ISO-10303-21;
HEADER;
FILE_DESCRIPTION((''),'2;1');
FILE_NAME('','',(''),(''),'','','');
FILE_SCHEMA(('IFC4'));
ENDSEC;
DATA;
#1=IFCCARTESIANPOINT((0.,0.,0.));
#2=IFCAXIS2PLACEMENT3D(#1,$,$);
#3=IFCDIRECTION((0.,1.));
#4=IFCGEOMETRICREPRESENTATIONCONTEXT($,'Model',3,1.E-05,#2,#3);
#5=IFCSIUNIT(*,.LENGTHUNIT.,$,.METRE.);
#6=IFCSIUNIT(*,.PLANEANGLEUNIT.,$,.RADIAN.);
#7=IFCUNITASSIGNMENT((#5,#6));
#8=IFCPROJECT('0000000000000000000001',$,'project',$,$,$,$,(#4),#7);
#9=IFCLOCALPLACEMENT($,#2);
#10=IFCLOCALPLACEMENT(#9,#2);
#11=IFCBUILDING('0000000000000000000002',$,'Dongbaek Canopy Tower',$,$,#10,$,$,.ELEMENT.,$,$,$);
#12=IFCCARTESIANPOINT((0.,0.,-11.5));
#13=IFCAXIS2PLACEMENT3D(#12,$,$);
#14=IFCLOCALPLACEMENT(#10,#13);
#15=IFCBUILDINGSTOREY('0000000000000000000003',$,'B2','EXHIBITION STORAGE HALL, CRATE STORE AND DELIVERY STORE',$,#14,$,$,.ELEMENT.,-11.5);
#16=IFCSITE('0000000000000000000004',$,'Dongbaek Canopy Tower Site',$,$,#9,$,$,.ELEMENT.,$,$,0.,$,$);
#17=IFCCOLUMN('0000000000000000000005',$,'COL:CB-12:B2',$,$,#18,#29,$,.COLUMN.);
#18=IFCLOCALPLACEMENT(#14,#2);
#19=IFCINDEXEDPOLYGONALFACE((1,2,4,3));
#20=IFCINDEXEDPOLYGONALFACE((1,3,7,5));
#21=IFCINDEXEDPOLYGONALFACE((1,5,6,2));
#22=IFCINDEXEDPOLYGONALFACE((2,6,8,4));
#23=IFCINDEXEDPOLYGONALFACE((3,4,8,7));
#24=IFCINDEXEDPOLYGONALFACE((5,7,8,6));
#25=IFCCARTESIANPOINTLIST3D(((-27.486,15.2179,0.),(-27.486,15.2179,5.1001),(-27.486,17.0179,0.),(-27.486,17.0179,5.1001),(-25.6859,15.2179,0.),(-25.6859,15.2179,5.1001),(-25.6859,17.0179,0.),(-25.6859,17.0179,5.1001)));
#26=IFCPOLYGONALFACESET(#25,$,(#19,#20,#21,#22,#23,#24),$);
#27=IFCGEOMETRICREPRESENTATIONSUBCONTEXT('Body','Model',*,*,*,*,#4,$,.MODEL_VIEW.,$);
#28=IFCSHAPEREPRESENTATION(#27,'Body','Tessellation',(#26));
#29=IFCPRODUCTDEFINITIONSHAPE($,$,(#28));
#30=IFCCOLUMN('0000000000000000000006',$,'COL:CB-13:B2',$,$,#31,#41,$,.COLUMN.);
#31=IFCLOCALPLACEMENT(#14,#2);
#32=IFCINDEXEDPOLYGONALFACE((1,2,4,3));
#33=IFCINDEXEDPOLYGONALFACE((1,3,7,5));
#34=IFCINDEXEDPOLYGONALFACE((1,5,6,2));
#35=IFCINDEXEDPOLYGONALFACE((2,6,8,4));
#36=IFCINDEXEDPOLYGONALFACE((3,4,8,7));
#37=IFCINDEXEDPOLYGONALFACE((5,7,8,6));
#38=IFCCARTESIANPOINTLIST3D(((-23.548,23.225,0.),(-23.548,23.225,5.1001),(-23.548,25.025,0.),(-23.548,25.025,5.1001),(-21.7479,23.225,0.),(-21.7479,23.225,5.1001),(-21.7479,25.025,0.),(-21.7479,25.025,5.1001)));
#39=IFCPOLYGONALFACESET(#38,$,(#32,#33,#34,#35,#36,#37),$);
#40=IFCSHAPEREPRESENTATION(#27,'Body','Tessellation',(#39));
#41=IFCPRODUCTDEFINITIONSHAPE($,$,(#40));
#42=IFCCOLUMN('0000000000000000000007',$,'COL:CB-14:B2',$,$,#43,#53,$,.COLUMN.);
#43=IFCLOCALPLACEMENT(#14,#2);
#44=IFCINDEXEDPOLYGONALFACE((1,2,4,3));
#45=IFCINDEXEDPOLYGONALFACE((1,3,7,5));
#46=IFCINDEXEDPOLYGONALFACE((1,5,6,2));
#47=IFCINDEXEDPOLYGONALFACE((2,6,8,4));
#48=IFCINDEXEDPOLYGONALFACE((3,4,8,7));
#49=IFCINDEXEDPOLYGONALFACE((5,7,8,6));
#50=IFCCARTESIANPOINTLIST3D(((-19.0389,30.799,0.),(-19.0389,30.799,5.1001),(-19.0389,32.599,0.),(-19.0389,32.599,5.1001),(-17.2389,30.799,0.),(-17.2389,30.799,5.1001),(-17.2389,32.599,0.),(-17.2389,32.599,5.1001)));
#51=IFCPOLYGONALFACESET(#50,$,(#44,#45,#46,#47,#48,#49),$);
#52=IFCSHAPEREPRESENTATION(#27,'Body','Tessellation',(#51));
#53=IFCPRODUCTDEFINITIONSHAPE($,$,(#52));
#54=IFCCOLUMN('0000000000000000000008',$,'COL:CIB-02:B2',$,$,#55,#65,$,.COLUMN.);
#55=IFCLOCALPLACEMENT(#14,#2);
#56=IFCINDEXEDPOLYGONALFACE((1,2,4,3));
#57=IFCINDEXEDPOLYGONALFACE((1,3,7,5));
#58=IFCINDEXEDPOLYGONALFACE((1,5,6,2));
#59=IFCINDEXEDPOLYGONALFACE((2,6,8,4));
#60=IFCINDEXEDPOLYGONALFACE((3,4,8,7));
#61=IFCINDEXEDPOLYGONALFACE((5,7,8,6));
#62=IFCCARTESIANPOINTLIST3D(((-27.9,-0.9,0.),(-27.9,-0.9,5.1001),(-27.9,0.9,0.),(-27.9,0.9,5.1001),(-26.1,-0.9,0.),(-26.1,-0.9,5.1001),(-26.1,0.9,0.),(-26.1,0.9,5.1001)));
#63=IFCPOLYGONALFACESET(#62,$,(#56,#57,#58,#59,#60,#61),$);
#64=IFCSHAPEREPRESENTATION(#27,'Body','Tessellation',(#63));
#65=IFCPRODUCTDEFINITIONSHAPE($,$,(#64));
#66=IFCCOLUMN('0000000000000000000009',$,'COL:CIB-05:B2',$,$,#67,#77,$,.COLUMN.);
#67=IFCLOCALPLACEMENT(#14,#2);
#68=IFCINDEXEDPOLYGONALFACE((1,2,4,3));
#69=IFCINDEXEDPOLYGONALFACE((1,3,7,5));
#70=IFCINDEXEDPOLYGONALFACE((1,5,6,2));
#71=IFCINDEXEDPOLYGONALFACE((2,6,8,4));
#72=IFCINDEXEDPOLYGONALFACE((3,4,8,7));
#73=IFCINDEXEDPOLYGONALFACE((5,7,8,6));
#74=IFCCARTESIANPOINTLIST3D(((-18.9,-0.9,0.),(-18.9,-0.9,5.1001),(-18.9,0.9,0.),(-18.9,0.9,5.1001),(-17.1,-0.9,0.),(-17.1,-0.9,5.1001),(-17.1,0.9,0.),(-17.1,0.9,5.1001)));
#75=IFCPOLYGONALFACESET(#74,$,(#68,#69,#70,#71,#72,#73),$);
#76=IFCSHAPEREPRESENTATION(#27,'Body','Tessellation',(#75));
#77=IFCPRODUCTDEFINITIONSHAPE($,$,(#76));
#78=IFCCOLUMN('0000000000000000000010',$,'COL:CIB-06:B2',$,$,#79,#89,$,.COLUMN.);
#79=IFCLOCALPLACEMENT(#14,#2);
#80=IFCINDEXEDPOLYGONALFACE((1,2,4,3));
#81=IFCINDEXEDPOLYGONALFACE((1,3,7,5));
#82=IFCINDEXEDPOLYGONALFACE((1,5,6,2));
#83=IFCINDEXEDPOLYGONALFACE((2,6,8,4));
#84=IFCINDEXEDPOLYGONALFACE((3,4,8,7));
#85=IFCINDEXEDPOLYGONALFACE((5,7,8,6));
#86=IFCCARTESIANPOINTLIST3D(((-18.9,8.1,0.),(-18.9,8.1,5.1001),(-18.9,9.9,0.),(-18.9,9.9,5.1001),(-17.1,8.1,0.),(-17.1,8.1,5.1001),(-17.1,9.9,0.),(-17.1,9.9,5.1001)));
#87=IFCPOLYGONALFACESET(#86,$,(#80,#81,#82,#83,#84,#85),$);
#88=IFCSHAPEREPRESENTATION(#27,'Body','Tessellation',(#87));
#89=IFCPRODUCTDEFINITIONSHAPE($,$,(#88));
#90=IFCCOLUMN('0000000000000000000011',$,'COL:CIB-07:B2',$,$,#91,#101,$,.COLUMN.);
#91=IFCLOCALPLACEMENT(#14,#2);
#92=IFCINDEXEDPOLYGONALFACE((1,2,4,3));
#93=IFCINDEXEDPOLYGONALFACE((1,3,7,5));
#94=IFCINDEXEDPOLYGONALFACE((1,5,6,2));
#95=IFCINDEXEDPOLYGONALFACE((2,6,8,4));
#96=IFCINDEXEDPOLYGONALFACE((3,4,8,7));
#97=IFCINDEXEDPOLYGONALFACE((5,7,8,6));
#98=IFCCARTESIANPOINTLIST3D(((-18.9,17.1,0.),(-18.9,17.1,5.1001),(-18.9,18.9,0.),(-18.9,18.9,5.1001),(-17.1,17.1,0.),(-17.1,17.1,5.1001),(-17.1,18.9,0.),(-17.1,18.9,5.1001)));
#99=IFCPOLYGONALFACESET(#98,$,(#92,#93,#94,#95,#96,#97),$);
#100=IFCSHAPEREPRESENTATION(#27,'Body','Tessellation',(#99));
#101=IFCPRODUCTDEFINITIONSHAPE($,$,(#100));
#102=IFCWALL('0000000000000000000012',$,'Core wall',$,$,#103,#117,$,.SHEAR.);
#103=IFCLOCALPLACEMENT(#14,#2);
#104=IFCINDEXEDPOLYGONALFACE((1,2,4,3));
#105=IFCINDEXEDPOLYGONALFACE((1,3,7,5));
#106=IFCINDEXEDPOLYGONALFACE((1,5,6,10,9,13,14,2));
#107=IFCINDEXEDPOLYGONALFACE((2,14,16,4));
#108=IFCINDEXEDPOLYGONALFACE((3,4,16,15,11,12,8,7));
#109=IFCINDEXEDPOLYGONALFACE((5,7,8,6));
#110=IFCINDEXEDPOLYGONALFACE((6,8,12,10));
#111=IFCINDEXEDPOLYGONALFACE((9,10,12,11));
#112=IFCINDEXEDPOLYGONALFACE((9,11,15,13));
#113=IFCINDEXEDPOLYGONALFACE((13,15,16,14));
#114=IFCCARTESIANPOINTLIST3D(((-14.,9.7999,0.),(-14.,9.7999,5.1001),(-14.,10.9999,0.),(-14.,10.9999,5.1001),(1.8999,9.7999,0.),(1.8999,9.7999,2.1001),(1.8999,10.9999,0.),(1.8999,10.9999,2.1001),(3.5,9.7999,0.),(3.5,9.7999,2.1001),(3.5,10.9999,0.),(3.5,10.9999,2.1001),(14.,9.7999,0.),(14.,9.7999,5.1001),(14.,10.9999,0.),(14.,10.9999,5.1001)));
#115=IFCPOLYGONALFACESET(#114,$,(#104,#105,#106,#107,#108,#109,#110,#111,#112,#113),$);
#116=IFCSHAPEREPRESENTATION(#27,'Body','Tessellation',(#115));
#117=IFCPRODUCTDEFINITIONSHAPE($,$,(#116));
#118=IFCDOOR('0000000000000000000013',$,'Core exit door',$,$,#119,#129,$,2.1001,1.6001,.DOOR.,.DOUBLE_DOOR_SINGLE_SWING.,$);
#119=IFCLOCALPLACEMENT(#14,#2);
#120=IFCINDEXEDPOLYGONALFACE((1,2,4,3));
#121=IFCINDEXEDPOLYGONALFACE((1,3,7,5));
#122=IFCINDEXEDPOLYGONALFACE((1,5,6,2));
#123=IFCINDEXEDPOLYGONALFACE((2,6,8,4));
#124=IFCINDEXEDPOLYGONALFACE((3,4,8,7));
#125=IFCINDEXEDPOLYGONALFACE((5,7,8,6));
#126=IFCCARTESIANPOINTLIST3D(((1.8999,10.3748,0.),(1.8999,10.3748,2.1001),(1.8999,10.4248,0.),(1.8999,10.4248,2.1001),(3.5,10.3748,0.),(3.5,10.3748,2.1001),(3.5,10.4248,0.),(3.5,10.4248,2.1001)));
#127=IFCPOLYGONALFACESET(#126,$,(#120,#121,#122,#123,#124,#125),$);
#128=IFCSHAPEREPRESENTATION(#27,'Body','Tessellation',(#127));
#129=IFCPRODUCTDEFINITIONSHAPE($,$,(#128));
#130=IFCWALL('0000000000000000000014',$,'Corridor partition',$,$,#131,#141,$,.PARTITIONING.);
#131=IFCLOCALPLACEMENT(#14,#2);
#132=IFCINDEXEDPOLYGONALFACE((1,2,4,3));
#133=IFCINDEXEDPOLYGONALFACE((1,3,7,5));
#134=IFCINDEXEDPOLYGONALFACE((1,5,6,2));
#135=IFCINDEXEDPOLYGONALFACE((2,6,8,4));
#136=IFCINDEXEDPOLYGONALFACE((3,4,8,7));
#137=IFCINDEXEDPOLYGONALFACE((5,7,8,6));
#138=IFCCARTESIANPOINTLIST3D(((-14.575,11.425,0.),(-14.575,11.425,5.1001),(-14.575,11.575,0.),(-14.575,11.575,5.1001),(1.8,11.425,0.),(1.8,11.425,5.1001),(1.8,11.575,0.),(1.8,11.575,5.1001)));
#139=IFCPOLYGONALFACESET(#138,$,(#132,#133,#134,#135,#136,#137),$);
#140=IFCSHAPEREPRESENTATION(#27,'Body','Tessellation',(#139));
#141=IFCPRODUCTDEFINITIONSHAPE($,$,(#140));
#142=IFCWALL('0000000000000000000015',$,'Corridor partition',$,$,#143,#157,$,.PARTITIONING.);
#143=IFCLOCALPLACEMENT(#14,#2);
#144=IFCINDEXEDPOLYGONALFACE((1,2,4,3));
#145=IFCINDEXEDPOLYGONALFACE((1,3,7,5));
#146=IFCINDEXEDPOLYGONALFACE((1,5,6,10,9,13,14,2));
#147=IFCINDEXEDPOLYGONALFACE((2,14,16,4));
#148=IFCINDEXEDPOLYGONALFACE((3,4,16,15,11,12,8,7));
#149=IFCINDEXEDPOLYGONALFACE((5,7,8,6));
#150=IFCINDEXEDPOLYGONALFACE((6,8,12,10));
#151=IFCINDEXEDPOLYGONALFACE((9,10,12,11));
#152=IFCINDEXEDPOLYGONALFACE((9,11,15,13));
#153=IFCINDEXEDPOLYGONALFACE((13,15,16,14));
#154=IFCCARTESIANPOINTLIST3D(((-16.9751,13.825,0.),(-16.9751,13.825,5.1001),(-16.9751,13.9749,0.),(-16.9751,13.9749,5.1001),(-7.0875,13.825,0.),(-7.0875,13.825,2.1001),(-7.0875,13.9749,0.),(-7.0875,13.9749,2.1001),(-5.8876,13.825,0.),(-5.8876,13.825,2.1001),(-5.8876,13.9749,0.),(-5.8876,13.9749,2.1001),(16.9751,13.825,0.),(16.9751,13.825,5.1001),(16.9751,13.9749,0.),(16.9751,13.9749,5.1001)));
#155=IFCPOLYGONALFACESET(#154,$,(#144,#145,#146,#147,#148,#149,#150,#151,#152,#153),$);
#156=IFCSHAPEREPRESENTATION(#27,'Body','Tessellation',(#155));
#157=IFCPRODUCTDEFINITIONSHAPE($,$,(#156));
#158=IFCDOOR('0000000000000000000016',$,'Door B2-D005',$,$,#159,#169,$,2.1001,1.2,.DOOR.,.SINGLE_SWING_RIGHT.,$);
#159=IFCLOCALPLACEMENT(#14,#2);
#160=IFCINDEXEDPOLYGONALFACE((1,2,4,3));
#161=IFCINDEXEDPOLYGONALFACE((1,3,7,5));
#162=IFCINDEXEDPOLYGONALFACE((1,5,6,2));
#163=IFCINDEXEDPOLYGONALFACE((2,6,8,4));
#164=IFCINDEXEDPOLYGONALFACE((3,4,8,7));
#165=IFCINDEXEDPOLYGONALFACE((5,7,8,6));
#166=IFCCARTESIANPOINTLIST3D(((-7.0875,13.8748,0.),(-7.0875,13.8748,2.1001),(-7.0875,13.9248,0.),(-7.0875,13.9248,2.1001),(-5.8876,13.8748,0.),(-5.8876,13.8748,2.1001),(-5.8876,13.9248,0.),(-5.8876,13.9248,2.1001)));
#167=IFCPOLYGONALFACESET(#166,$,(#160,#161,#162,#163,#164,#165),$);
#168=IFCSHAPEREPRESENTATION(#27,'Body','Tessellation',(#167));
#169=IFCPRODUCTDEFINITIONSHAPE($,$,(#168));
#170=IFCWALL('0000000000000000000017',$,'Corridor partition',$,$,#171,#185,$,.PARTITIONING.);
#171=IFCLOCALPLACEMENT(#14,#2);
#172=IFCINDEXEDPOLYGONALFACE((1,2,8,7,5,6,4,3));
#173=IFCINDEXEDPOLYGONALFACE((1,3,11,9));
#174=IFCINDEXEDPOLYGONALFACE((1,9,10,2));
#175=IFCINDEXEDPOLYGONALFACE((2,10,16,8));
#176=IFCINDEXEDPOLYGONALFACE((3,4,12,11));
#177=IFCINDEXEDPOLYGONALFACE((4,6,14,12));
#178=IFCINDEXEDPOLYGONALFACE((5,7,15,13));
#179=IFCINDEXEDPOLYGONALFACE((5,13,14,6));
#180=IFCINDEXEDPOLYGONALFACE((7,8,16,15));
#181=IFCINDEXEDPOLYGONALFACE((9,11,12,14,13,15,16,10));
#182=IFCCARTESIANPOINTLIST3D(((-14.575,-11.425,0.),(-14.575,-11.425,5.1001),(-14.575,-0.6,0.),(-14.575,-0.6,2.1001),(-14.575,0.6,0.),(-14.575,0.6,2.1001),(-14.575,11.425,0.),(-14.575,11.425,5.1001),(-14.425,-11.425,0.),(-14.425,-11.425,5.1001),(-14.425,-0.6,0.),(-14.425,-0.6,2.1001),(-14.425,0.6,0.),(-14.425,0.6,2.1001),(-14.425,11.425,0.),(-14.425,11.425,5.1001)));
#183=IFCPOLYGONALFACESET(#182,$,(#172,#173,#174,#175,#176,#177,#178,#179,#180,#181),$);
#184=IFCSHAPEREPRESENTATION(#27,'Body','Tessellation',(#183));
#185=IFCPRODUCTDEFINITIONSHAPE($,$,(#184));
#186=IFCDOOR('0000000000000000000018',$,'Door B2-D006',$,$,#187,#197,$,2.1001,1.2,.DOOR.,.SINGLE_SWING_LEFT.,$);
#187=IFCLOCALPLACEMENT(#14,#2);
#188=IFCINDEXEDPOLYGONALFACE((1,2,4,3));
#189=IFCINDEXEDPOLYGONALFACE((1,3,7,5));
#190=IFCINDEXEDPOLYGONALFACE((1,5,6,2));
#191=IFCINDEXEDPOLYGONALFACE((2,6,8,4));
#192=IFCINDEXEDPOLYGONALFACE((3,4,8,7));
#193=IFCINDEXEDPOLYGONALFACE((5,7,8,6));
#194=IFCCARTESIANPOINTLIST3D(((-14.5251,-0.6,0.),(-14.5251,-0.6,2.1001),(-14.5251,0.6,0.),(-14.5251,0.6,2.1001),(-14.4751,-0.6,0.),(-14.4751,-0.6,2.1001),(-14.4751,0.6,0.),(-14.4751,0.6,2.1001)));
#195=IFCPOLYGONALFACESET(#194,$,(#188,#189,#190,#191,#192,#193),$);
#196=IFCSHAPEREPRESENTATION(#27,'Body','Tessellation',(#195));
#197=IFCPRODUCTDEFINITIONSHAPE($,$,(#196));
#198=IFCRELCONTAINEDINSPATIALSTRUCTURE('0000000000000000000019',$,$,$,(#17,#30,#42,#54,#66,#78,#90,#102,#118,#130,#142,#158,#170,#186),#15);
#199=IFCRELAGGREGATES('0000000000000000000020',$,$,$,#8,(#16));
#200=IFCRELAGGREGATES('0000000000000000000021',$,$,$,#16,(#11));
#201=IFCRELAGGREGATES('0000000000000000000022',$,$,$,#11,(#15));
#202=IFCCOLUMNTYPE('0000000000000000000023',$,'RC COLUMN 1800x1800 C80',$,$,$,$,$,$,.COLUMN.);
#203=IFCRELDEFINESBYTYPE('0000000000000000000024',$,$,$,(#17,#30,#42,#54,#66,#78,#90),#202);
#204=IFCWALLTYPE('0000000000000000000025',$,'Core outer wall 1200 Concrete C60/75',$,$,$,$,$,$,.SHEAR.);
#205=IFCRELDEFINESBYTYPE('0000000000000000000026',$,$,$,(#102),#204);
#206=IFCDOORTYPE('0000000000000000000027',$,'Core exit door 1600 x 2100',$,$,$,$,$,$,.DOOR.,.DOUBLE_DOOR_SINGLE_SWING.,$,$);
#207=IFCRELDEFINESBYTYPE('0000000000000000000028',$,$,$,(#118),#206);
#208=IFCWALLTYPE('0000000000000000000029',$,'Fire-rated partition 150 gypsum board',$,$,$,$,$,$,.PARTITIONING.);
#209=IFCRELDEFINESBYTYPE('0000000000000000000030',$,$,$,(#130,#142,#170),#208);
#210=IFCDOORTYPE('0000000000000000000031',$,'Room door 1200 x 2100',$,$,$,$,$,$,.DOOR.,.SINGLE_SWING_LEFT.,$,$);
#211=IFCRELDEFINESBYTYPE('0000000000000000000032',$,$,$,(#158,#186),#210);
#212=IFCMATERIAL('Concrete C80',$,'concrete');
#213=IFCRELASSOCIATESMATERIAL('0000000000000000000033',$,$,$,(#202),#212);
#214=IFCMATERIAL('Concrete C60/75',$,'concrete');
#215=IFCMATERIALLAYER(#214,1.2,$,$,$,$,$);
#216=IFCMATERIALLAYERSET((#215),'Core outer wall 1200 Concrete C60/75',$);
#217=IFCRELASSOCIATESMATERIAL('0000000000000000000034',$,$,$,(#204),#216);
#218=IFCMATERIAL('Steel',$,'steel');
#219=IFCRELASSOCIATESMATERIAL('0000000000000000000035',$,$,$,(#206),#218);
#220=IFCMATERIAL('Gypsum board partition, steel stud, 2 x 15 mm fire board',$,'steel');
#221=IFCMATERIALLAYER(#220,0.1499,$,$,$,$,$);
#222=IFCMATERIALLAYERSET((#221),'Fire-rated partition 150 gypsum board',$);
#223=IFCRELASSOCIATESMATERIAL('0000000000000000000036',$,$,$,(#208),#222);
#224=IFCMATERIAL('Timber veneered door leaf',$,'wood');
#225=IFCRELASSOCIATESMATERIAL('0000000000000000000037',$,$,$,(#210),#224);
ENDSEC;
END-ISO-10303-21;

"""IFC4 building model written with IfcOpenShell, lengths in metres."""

from ifc_helpers import new_model, si_unit, direction, frame, frame_2d, origin, origin_2d, place, context, subcontext, project, spatial, rectangle, extrude, material, layer, layer_set, material_profile, profile_set, type_object, element, fill, save


model = new_model("IFC4")

# Units and contexts
model_context = context("Model", 3, precision=1e-05, world=origin(), true_north=direction((0.0, 1.0)))
body_context = subcontext(model_context, "Body", "Model", "MODEL_VIEW")
ifc_project = project(units=[si_unit("LENGTHUNIT", "METRE"), si_unit("PLANEANGLEUNIT", "RADIAN")], contexts=[model_context])

# Site, building, storey
site_placement = place(None, origin())
site = spatial("IfcSite", under=ifc_project, at=site_placement, Name="Dongbaek Canopy Tower Site", CompositionType="ELEMENT", RefElevation=0.0)
building_placement = place(site_placement, origin())
building = spatial("IfcBuilding", under=site, at=building_placement, Name="Dongbaek Canopy Tower", CompositionType="ELEMENT")
storey_placement = place(building_placement, frame((0.0, 0.0, -11.5)))
storey = spatial("IfcBuildingStorey", under=building, at=storey_placement, Name="B2", Description="EXHIBITION STORAGE HALL, CRATE STORE AND DELIVERY STORE", CompositionType="ELEMENT", Elevation=-11.5)

# Columns
ifc_material_1 = material(Name="Concrete C80", Category="concrete")
ifc_material_profile = material_profile(ifc_material_1, rectangle(XDim=1.8, YDim=1.8, at=origin_2d()), Name="RC COLUMN 1800x1800 C80")
ifc_profile_set = profile_set([ifc_material_profile], Name="Concrete C80")
column_type = type_object("IfcColumnType", Name="RC COLUMN 1800x1800 C80", PredefinedType="COLUMN", material=ifc_profile_set)
for number, where, z_axis, x_axis, name in (
    (1, (-26.5859, 16.1179, 0.0), (0.0, 0.0, 1.0), (1.0, 0.0, 0.0), "COL:CB-12:B2"),
    (2, (-22.6479, 24.125, 0.0), (0.0, 0.0, 1.0), (1.0, 0.0, 0.0), "COL:CB-13:B2"),
    (3, (-18.1389, 31.699, 0.0), (0.0, 0.0, 1.0), (1.0, 0.0, 0.0), "COL:CB-14:B2"),
    (4, (-27.0, 0.0, 0.0), (0.0, 0.0, 1.0), (1.0, 0.0, 0.0), "COL:CIB-02:B2"),
    (5, (-18.0, 0.0, 0.0), (0.0, 0.0, 1.0), (1.0, 0.0, 0.0), "COL:CIB-05:B2"),
    (6, (-18.0, 9.0, 0.0), (0.0, 0.0, 1.0), (1.0, 0.0, 0.0), "COL:CIB-06:B2"),
    (7, (-18.0, 18.0, 0.0), (0.0, 0.0, 1.0), (1.0, 0.0, 0.0), "COL:CIB-07:B2"),
):
    element("IfcColumn", number, at=place(storey_placement, frame(where, z_axis=z_axis, x_axis=x_axis)), inside=storey, type_object=column_type, Name=name, PredefinedType="COLUMN", context=body_context, shape_type="SweptSolid", body=[
        extrude(rectangle(XDim=1.8, YDim=1.8, at=origin_2d()), origin(), (0.0, 0.0, 1.0), 5.1001),
    ])

# Wall, opening, door
ifc_material_2 = material(Name="Concrete C60/75", Category="concrete")
ifc_layer_1 = layer(ifc_material_2, 1.2)
ifc_layer_set_1 = layer_set([ifc_layer_1], Name="Core outer wall 1200 Concrete C60/75")
wall_type_1 = type_object("IfcWallType", Name="Core outer wall 1200 Concrete C60/75", PredefinedType="SHEAR", material=ifc_layer_set_1)
wall_1_placement = place(storey_placement, frame((-14.0, 10.3999, 0.0), z_axis=(0.0, 0.0, 1.0), x_axis=(1.0, 0.0, 0.0)))
wall_1 = element("IfcWall", 8, at=wall_1_placement, inside=storey, type_object=wall_type_1, Name="Core wall", PredefinedType="SHEAR", context=body_context, shape_type="SweptSolid", body=[
    extrude(rectangle(XDim=28.0, YDim=1.2, at=frame_2d((14.0, 0.0))), origin(), (0.0, 0.0, 1.0), 5.1001),
])
opening_1_placement = place(wall_1_placement, frame((15.8999, 0.0, 0.0)))
opening_1 = element("IfcOpeningElement", 9, at=opening_1_placement, cuts=wall_1, PredefinedType="OPENING", context=body_context, shape_type="SweptSolid", body=[
    extrude(rectangle(XDim=1.6001, YDim=2.1001, at=frame_2d((0.8, 1.05))), frame((0.0, 0.6099, 0.0), z_axis=(0.0, -1.0, 0.0), x_axis=(1.0, 0.0, 0.0)), (0.0, 0.0, 1.0), 1.22),
])
ifc_material_3 = material(Name="Steel", Category="steel")
door_type_1 = type_object("IfcDoorType", Name="Core exit door 1600 x 2100", OperationType="DOUBLE_DOOR_SINGLE_SWING", PredefinedType="DOOR", material=ifc_material_3)
door_1_placement = place(opening_1_placement, origin())
door_1 = element("IfcDoor", 10, at=door_1_placement, inside=storey, type_object=door_type_1, Name="Core exit door", OperationType="DOUBLE_DOOR_SINGLE_SWING", OverallHeight=2.1001, OverallWidth=1.6001, PredefinedType="DOOR", context=body_context, shape_type="SweptSolid", body=[
    extrude(rectangle(XDim=1.6001, YDim=2.1001, at=frame_2d((0.8, 1.05))), frame((0.0, 0.0249, 0.0), z_axis=(0.0, -1.0, 0.0), x_axis=(1.0, 0.0, 0.0)), (0.0, 0.0, 1.0), 0.05),
])
fill(opening_1, door_1)

# Wall
ifc_material_4 = material(Name="Gypsum board partition, steel stud, 2 x 15 mm fire board", Category="steel")
ifc_layer_2 = layer(ifc_material_4, 0.1499)
ifc_layer_set_2 = layer_set([ifc_layer_2], Name="Fire-rated partition 150 gypsum board")
wall_type_2 = type_object("IfcWallType", Name="Fire-rated partition 150 gypsum board", PredefinedType="PARTITIONING", material=ifc_layer_set_2)
wall_2_placement = place(storey_placement, frame((-14.575, 11.5, 0.0), z_axis=(0.0, 0.0, 1.0), x_axis=(1.0, 0.0, 0.0)))
element("IfcWall", 11, at=wall_2_placement, inside=storey, type_object=wall_type_2, Name="Corridor partition", PredefinedType="PARTITIONING", context=body_context, shape_type="SweptSolid", body=[
    extrude(rectangle(XDim=16.375, YDim=0.1499, at=frame_2d((8.1875, 0.0))), origin(), (0.0, 0.0, 1.0), 5.1001),
])

# Walls, openings, doors
wall_3_placement = place(storey_placement, frame((-16.9751, 13.8999, 0.0), z_axis=(0.0, 0.0, 1.0), x_axis=(1.0, 0.0, 0.0)))
wall_3 = element("IfcWall", 12, at=wall_3_placement, inside=storey, type_object=wall_type_2, Name="Corridor partition", PredefinedType="PARTITIONING", context=body_context, shape_type="SweptSolid", body=[
    extrude(rectangle(XDim=33.9502, YDim=0.1499, at=frame_2d((16.9751, 0.0))), origin(), (0.0, 0.0, 1.0), 5.1001),
])
opening_2_placement = place(wall_3_placement, frame((9.8875, 0.0, 0.0)))
opening_2 = element("IfcOpeningElement", 13, at=opening_2_placement, cuts=wall_3, PredefinedType="OPENING", context=body_context, shape_type="SweptSolid", body=[
    extrude(rectangle(XDim=1.2, YDim=2.1001, at=frame_2d((0.6001, 1.05))), frame((0.0, 0.085, 0.0), z_axis=(0.0, -1.0, 0.0), x_axis=(1.0, 0.0, 0.0)), (0.0, 0.0, 1.0), 0.1699),
])
ifc_material_5 = material(Name="Timber veneered door leaf", Category="wood")
door_type_2 = type_object("IfcDoorType", Name="Room door 1200 x 2100", OperationType="SINGLE_SWING_LEFT", PredefinedType="DOOR", material=ifc_material_5)
door_2_placement = place(opening_2_placement, origin())
door_2 = element("IfcDoor", 14, at=door_2_placement, inside=storey, type_object=door_type_2, Name="Door B2-D005", OperationType="SINGLE_SWING_RIGHT", OverallHeight=2.1001, OverallWidth=1.2, PredefinedType="DOOR", context=body_context, shape_type="SweptSolid", body=[
    extrude(rectangle(XDim=1.2, YDim=2.1001, at=frame_2d((0.6001, 1.05))), frame((0.0, 0.0249, 0.0), z_axis=(0.0, -1.0, 0.0), x_axis=(1.0, 0.0, 0.0)), (0.0, 0.0, 1.0), 0.05),
])
fill(opening_2, door_2)
wall_4_placement = place(storey_placement, frame((-14.5, 11.425, 0.0), z_axis=(0.0, 0.0, 1.0), x_axis=(0.0, -1.0, 0.0)))
wall_4 = element("IfcWall", 15, at=wall_4_placement, inside=storey, type_object=wall_type_2, Name="Corridor partition", PredefinedType="PARTITIONING", context=body_context, shape_type="SweptSolid", body=[
    extrude(rectangle(XDim=22.8501, YDim=0.1499, at=frame_2d((11.425, 0.0))), origin(), (0.0, 0.0, 1.0), 5.1001),
])
opening_3_placement = place(wall_4_placement, frame((10.825, 0.0, 0.0)))
opening_3 = element("IfcOpeningElement", 16, at=opening_3_placement, cuts=wall_4, PredefinedType="OPENING", context=body_context, shape_type="SweptSolid", body=[
    extrude(rectangle(XDim=1.2, YDim=2.1001, at=frame_2d((0.6001, 1.05))), frame((0.0, 0.085, 0.0), z_axis=(0.0, -1.0, 0.0), x_axis=(1.0, 0.0, 0.0)), (0.0, 0.0, 1.0), 0.1699),
])
door_3_placement = place(opening_3_placement, origin())
door_3 = element("IfcDoor", 17, at=door_3_placement, inside=storey, type_object=door_type_2, Name="Door B2-D006", OperationType="SINGLE_SWING_LEFT", OverallHeight=2.1001, OverallWidth=1.2, PredefinedType="DOOR", context=body_context, shape_type="SweptSolid", body=[
    extrude(rectangle(XDim=1.2, YDim=2.1001, at=frame_2d((0.6001, 1.05))), frame((0.0, 0.0249, 0.0), z_axis=(0.0, -1.0, 0.0), x_axis=(1.0, 0.0, 0.0)), (0.0, 0.0, 1.0), 0.05),
])
fill(opening_3, door_3)

save(model, "model.ifc")
